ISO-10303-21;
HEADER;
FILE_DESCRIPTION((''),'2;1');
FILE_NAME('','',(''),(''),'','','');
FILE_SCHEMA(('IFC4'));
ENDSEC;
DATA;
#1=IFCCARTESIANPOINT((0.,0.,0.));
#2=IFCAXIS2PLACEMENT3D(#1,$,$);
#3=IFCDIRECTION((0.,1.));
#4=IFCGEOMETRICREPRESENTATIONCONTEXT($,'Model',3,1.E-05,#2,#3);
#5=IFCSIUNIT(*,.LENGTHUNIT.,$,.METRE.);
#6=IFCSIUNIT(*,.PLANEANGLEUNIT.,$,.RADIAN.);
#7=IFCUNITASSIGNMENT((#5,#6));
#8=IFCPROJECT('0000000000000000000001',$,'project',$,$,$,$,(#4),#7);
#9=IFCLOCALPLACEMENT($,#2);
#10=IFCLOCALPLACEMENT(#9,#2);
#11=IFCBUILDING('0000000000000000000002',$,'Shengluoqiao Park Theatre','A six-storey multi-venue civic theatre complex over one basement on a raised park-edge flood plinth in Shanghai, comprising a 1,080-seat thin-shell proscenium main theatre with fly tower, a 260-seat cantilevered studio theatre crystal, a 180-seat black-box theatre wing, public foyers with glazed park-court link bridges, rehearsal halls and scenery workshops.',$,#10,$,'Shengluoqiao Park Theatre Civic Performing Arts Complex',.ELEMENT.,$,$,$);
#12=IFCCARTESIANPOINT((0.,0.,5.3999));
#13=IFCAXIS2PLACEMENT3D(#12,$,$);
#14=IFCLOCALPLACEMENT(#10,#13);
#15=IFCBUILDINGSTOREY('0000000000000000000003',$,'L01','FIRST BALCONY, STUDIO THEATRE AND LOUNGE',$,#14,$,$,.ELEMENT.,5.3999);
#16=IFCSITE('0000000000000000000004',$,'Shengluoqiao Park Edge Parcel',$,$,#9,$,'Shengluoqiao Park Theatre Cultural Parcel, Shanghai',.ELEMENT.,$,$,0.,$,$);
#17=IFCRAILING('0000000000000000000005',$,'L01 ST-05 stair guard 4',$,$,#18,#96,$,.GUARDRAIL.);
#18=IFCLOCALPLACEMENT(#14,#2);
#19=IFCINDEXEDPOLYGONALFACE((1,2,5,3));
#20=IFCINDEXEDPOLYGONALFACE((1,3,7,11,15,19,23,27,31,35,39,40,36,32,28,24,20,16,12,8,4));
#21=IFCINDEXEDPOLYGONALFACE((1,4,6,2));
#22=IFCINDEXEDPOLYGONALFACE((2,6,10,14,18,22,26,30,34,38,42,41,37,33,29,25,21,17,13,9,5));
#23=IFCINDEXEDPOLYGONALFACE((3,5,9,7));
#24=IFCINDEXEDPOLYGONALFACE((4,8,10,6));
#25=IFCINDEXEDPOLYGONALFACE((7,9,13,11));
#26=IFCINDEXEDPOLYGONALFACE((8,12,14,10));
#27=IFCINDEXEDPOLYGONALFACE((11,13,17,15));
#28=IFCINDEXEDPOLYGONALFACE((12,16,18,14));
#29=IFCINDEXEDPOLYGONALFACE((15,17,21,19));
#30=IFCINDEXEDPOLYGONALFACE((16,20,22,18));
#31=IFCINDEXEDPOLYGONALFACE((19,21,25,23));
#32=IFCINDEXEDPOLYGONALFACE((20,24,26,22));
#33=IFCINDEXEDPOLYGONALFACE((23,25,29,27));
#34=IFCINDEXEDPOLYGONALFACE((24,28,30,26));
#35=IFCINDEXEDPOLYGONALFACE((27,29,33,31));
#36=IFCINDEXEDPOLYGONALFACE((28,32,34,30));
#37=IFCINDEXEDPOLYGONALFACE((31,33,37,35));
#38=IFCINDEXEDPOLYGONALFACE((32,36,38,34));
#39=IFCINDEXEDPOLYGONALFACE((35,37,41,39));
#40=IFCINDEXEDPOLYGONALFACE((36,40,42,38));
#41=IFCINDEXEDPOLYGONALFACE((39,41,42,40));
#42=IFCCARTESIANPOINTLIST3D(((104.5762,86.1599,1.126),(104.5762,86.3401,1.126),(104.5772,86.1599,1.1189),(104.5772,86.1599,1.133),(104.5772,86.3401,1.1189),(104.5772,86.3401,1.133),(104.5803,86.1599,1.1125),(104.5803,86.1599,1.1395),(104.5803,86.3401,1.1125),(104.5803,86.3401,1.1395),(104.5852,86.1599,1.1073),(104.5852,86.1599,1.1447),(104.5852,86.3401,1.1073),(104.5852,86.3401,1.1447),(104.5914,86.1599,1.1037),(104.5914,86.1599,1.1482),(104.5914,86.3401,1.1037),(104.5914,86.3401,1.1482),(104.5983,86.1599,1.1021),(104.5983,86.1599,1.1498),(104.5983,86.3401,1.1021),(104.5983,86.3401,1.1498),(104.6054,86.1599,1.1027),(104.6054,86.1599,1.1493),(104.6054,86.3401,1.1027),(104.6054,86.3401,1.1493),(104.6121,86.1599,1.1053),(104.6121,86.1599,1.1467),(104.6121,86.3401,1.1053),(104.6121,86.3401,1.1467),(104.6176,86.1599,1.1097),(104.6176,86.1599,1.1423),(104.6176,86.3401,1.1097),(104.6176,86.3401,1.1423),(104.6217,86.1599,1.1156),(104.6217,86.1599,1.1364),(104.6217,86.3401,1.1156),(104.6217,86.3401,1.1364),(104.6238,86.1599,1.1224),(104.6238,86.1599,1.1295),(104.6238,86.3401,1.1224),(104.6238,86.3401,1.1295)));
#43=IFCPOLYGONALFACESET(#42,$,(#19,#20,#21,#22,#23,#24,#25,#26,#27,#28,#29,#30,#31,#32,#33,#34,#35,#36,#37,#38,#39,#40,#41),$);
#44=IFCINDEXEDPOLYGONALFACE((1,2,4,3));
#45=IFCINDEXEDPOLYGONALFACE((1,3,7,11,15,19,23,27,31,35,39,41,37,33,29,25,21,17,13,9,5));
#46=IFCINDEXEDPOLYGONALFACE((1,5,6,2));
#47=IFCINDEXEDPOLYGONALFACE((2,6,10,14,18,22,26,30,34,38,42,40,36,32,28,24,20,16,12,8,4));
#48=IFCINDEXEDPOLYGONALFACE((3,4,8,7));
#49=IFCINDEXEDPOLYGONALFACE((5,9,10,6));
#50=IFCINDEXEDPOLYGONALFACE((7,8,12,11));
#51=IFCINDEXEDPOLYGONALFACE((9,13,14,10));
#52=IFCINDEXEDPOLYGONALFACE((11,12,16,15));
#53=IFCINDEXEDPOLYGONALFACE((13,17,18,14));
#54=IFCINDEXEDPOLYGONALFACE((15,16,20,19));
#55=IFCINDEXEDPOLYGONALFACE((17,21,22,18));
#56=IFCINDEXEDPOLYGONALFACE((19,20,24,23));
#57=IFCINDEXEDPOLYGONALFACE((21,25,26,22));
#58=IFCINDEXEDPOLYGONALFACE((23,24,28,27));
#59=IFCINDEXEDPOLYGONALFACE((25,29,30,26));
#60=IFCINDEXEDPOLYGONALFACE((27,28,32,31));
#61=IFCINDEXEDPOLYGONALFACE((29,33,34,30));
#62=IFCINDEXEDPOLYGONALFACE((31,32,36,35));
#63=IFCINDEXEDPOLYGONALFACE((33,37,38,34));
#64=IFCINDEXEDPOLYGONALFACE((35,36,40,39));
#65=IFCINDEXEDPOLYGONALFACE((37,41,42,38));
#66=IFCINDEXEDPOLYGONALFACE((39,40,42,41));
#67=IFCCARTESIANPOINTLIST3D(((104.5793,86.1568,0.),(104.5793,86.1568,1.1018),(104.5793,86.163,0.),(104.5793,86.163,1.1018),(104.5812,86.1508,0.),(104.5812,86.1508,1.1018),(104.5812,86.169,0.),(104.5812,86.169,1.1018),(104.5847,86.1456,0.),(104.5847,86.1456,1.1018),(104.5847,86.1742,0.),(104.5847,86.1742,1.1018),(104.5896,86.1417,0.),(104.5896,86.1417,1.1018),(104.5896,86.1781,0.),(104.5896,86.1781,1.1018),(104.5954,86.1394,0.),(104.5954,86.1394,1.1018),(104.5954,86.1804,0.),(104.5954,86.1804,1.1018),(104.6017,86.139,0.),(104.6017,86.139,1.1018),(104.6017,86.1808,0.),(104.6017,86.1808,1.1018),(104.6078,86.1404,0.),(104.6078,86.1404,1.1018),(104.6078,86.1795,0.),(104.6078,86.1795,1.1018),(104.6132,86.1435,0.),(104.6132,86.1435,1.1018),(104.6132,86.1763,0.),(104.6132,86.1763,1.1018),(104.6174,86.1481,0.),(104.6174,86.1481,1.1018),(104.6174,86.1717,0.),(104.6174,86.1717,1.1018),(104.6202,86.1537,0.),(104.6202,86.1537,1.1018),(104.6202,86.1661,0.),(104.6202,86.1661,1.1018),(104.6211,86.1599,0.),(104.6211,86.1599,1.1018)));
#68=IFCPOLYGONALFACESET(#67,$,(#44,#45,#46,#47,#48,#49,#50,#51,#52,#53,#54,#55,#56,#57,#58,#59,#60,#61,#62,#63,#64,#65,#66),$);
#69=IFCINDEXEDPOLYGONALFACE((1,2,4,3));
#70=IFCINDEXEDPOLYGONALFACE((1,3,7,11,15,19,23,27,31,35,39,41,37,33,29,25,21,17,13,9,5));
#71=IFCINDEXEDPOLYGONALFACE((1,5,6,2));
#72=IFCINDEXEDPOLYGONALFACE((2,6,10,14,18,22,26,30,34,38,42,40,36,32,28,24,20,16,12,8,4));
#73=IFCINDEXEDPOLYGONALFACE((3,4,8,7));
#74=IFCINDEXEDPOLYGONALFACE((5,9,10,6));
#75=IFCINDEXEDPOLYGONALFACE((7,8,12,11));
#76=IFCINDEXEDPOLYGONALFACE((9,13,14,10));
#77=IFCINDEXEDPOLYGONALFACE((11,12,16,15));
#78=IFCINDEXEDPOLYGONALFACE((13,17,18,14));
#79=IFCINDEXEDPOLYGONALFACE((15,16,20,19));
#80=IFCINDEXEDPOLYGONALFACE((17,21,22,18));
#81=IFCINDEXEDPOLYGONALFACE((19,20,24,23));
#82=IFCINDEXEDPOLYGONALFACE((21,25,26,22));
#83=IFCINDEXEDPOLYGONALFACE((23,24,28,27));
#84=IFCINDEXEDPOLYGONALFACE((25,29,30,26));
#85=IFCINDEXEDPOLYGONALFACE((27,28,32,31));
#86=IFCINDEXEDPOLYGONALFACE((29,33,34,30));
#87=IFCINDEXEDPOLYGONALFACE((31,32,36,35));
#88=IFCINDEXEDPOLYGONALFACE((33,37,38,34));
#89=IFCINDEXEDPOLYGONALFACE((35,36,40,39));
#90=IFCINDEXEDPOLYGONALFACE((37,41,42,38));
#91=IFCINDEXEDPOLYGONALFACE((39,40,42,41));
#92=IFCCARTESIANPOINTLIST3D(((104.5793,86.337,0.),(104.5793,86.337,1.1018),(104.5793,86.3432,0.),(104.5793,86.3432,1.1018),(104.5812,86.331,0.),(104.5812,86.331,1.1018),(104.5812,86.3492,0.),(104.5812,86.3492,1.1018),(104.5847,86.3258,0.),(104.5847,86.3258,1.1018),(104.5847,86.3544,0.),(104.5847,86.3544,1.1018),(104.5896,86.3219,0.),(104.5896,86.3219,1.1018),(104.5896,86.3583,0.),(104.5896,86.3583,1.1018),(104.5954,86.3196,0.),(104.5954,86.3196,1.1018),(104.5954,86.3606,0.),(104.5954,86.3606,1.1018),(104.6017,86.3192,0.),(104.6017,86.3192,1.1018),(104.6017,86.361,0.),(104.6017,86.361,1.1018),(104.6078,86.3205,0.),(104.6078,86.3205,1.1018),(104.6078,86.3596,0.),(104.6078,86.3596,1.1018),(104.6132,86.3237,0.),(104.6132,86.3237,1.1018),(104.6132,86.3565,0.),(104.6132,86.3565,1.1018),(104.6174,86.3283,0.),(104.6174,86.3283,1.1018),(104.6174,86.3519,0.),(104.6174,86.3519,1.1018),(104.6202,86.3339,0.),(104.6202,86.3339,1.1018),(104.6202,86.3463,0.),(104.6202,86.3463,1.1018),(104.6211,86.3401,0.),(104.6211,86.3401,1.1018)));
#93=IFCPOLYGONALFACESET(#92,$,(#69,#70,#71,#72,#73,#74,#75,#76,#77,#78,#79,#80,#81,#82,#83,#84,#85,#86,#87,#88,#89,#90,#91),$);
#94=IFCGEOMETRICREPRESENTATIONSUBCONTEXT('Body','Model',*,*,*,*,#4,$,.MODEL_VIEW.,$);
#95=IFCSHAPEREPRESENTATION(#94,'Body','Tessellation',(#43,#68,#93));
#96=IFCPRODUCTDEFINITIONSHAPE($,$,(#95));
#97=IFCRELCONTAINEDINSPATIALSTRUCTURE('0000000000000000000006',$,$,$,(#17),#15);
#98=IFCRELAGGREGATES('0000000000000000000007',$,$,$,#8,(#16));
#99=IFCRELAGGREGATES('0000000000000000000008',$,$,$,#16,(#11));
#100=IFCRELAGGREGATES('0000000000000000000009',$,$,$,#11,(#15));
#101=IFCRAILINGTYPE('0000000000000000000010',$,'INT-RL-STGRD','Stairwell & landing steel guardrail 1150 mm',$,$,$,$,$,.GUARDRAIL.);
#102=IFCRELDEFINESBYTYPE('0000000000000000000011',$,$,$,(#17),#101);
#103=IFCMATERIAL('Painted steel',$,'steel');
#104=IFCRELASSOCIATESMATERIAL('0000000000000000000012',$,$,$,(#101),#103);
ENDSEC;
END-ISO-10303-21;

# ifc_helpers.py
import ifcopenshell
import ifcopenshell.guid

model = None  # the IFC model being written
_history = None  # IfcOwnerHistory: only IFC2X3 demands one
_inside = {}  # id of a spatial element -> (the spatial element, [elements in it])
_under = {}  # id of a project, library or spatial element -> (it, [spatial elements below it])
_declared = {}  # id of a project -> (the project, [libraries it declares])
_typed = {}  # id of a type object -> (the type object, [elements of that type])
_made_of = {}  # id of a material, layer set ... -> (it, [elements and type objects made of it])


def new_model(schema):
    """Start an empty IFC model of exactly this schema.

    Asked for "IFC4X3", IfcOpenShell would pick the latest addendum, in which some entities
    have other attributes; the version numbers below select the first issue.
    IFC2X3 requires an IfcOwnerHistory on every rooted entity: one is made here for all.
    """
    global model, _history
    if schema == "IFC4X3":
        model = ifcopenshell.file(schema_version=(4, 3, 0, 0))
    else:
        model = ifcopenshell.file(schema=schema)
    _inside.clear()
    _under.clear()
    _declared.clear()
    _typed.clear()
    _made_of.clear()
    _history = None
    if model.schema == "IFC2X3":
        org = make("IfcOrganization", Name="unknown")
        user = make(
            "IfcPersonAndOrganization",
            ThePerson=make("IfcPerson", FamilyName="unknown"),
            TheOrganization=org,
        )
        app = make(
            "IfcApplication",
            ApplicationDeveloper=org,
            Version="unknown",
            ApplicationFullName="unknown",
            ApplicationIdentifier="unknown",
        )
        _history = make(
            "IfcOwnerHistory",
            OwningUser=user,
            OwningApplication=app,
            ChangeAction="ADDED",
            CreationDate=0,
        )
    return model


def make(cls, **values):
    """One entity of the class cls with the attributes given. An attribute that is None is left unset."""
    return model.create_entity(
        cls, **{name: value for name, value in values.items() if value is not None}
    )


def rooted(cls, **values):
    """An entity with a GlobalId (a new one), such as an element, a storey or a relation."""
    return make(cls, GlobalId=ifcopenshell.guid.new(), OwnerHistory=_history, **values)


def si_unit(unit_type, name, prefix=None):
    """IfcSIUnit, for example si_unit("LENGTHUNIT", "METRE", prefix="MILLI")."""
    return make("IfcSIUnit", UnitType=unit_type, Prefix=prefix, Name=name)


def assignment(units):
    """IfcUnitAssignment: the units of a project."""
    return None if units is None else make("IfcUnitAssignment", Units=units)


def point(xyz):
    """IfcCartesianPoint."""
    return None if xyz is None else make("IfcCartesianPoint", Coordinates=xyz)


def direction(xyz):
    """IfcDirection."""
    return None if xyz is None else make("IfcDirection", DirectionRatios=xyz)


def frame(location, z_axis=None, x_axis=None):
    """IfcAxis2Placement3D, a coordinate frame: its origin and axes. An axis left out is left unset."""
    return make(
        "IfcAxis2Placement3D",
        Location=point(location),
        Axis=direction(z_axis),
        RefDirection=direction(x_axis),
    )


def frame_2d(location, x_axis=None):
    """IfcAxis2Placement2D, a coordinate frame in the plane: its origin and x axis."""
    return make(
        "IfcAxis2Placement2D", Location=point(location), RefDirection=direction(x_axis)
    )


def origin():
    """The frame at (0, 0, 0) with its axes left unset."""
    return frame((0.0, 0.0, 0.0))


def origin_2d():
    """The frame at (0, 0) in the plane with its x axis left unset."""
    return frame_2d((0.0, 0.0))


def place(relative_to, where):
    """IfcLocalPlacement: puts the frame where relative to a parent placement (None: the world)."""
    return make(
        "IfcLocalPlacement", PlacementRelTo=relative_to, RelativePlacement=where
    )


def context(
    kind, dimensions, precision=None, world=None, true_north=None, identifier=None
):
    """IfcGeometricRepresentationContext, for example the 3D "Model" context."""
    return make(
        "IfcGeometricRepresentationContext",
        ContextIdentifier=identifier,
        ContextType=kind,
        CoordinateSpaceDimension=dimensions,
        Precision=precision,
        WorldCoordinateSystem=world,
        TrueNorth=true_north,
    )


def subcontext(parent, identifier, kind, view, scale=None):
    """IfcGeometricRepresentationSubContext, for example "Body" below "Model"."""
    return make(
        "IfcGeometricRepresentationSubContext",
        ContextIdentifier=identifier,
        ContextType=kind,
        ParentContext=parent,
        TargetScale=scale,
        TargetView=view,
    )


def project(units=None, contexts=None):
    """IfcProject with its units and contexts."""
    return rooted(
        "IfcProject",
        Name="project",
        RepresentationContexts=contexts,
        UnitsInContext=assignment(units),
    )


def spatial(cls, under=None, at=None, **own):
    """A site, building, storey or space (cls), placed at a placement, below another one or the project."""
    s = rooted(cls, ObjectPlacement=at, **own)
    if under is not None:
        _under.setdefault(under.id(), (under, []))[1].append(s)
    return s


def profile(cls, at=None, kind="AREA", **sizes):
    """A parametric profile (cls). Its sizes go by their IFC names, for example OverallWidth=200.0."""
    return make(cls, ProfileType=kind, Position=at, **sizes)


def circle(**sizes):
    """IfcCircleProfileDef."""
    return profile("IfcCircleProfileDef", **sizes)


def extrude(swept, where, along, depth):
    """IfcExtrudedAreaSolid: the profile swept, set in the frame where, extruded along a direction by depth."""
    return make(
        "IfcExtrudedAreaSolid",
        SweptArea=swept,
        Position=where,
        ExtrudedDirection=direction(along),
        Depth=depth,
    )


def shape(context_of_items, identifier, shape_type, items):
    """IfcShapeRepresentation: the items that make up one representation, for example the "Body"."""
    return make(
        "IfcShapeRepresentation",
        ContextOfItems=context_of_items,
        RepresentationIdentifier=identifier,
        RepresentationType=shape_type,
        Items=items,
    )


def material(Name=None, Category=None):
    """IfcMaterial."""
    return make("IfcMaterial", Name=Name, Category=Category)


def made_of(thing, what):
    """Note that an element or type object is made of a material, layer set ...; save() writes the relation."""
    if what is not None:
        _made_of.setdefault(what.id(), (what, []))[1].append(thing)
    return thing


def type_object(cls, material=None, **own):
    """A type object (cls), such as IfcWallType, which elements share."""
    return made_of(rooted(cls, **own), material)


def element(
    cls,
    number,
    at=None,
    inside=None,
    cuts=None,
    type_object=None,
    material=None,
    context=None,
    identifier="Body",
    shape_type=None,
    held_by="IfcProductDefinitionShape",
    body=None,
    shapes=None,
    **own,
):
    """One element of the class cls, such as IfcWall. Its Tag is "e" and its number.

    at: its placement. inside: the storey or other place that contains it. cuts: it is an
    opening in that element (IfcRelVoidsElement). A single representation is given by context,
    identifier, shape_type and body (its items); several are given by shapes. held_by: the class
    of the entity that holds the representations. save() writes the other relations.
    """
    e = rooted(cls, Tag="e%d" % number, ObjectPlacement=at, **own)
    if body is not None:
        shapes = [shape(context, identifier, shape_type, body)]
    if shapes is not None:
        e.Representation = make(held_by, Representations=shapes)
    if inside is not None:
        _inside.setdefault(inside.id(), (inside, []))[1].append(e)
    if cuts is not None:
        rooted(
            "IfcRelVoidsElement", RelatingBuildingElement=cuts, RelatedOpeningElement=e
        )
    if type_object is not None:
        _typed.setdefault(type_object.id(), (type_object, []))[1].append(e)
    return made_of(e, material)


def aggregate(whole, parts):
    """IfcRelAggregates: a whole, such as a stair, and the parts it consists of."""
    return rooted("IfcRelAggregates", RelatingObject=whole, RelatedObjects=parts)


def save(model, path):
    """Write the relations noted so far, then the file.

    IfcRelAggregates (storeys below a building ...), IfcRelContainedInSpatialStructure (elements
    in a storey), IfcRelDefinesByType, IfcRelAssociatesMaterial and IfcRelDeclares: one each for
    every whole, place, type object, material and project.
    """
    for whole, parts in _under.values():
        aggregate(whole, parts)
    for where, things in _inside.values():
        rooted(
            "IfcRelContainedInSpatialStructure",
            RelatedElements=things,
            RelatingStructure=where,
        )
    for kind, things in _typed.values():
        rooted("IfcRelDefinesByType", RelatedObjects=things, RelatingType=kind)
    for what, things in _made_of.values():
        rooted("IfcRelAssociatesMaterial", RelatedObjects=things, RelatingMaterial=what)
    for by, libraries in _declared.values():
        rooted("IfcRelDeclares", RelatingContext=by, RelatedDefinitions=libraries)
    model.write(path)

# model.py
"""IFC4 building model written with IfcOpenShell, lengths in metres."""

from ifc_helpers import new_model, si_unit, direction, frame, origin, origin_2d, place, context, subcontext, project, spatial, circle, extrude, material, type_object, element, save


model = new_model("IFC4")

# Units and contexts
model_context = context("Model", 3, precision=1e-05, world=origin(), true_north=direction((0.0, 1.0)))
body_context = subcontext(model_context, "Body", "Model", "MODEL_VIEW")
ifc_project = project(units=[si_unit("LENGTHUNIT", "METRE"), si_unit("PLANEANGLEUNIT", "RADIAN")], contexts=[model_context])

# Site, building, storey
site_placement = place(None, origin())
site = spatial("IfcSite", under=ifc_project, at=site_placement, Name="Shengluoqiao Park Edge Parcel", LongName="Shengluoqiao Park Theatre Cultural Parcel, Shanghai", CompositionType="ELEMENT", RefElevation=0.0)
building_placement = place(site_placement, origin())
building = spatial("IfcBuilding", under=site, at=building_placement, Name="Shengluoqiao Park Theatre", Description="A six-storey multi-venue civic theatre complex over one basement on a raised park-edge flood plinth in Shanghai, comprising a 1,080-seat thin-shell proscenium main theatre with fly tower, a 260-seat cantilevered studio theatre crystal, a 180-seat black-box theatre wing, public foyers with glazed park-court link bridges, rehearsal halls and scenery workshops.", LongName="Shengluoqiao Park Theatre Civic Performing Arts Complex", CompositionType="ELEMENT")
storey_placement = place(building_placement, frame((0.0, 0.0, 5.3999)))
storey = spatial("IfcBuildingStorey", under=building, at=storey_placement, Name="L01", Description="FIRST BALCONY, STUDIO THEATRE AND LOUNGE", CompositionType="ELEMENT", Elevation=5.3999)

# Railing
ifc_material_1 = material(Name="Painted steel", Category="steel")
railing_type_1 = type_object("IfcRailingType", Name="INT-RL-STGRD", Description="Stairwell & landing steel guardrail 1150 mm", PredefinedType="GUARDRAIL", material=ifc_material_1)
railing_1_placement = place(storey_placement, frame((104.6001, 86.1599, 0.0)))
element("IfcRailing", 1, at=railing_1_placement, inside=storey, type_object=railing_type_1, Name="L01 ST-05 stair guard 4", PredefinedType="GUARDRAIL", context=body_context, shape_type="SweptSolid", body=[
    extrude(circle(Radius=0.0239, at=origin_2d()), frame((0.0, 0.0, 1.126), z_axis=(0.0, 1.0, 0.0), x_axis=(-1.0, 0.0, 0.0)), (0.0, 0.0, 1.0), 0.1802),
    extrude(circle(Radius=0.021, at=origin_2d()), origin(), (0.0, 0.0, 1.0), 1.1018),
    extrude(circle(Radius=0.021, at=origin_2d()), frame((0.0, 0.1802, 0.0)), (0.0, 0.0, 1.0), 1.1018),
])

save(model, "model.ifc")
